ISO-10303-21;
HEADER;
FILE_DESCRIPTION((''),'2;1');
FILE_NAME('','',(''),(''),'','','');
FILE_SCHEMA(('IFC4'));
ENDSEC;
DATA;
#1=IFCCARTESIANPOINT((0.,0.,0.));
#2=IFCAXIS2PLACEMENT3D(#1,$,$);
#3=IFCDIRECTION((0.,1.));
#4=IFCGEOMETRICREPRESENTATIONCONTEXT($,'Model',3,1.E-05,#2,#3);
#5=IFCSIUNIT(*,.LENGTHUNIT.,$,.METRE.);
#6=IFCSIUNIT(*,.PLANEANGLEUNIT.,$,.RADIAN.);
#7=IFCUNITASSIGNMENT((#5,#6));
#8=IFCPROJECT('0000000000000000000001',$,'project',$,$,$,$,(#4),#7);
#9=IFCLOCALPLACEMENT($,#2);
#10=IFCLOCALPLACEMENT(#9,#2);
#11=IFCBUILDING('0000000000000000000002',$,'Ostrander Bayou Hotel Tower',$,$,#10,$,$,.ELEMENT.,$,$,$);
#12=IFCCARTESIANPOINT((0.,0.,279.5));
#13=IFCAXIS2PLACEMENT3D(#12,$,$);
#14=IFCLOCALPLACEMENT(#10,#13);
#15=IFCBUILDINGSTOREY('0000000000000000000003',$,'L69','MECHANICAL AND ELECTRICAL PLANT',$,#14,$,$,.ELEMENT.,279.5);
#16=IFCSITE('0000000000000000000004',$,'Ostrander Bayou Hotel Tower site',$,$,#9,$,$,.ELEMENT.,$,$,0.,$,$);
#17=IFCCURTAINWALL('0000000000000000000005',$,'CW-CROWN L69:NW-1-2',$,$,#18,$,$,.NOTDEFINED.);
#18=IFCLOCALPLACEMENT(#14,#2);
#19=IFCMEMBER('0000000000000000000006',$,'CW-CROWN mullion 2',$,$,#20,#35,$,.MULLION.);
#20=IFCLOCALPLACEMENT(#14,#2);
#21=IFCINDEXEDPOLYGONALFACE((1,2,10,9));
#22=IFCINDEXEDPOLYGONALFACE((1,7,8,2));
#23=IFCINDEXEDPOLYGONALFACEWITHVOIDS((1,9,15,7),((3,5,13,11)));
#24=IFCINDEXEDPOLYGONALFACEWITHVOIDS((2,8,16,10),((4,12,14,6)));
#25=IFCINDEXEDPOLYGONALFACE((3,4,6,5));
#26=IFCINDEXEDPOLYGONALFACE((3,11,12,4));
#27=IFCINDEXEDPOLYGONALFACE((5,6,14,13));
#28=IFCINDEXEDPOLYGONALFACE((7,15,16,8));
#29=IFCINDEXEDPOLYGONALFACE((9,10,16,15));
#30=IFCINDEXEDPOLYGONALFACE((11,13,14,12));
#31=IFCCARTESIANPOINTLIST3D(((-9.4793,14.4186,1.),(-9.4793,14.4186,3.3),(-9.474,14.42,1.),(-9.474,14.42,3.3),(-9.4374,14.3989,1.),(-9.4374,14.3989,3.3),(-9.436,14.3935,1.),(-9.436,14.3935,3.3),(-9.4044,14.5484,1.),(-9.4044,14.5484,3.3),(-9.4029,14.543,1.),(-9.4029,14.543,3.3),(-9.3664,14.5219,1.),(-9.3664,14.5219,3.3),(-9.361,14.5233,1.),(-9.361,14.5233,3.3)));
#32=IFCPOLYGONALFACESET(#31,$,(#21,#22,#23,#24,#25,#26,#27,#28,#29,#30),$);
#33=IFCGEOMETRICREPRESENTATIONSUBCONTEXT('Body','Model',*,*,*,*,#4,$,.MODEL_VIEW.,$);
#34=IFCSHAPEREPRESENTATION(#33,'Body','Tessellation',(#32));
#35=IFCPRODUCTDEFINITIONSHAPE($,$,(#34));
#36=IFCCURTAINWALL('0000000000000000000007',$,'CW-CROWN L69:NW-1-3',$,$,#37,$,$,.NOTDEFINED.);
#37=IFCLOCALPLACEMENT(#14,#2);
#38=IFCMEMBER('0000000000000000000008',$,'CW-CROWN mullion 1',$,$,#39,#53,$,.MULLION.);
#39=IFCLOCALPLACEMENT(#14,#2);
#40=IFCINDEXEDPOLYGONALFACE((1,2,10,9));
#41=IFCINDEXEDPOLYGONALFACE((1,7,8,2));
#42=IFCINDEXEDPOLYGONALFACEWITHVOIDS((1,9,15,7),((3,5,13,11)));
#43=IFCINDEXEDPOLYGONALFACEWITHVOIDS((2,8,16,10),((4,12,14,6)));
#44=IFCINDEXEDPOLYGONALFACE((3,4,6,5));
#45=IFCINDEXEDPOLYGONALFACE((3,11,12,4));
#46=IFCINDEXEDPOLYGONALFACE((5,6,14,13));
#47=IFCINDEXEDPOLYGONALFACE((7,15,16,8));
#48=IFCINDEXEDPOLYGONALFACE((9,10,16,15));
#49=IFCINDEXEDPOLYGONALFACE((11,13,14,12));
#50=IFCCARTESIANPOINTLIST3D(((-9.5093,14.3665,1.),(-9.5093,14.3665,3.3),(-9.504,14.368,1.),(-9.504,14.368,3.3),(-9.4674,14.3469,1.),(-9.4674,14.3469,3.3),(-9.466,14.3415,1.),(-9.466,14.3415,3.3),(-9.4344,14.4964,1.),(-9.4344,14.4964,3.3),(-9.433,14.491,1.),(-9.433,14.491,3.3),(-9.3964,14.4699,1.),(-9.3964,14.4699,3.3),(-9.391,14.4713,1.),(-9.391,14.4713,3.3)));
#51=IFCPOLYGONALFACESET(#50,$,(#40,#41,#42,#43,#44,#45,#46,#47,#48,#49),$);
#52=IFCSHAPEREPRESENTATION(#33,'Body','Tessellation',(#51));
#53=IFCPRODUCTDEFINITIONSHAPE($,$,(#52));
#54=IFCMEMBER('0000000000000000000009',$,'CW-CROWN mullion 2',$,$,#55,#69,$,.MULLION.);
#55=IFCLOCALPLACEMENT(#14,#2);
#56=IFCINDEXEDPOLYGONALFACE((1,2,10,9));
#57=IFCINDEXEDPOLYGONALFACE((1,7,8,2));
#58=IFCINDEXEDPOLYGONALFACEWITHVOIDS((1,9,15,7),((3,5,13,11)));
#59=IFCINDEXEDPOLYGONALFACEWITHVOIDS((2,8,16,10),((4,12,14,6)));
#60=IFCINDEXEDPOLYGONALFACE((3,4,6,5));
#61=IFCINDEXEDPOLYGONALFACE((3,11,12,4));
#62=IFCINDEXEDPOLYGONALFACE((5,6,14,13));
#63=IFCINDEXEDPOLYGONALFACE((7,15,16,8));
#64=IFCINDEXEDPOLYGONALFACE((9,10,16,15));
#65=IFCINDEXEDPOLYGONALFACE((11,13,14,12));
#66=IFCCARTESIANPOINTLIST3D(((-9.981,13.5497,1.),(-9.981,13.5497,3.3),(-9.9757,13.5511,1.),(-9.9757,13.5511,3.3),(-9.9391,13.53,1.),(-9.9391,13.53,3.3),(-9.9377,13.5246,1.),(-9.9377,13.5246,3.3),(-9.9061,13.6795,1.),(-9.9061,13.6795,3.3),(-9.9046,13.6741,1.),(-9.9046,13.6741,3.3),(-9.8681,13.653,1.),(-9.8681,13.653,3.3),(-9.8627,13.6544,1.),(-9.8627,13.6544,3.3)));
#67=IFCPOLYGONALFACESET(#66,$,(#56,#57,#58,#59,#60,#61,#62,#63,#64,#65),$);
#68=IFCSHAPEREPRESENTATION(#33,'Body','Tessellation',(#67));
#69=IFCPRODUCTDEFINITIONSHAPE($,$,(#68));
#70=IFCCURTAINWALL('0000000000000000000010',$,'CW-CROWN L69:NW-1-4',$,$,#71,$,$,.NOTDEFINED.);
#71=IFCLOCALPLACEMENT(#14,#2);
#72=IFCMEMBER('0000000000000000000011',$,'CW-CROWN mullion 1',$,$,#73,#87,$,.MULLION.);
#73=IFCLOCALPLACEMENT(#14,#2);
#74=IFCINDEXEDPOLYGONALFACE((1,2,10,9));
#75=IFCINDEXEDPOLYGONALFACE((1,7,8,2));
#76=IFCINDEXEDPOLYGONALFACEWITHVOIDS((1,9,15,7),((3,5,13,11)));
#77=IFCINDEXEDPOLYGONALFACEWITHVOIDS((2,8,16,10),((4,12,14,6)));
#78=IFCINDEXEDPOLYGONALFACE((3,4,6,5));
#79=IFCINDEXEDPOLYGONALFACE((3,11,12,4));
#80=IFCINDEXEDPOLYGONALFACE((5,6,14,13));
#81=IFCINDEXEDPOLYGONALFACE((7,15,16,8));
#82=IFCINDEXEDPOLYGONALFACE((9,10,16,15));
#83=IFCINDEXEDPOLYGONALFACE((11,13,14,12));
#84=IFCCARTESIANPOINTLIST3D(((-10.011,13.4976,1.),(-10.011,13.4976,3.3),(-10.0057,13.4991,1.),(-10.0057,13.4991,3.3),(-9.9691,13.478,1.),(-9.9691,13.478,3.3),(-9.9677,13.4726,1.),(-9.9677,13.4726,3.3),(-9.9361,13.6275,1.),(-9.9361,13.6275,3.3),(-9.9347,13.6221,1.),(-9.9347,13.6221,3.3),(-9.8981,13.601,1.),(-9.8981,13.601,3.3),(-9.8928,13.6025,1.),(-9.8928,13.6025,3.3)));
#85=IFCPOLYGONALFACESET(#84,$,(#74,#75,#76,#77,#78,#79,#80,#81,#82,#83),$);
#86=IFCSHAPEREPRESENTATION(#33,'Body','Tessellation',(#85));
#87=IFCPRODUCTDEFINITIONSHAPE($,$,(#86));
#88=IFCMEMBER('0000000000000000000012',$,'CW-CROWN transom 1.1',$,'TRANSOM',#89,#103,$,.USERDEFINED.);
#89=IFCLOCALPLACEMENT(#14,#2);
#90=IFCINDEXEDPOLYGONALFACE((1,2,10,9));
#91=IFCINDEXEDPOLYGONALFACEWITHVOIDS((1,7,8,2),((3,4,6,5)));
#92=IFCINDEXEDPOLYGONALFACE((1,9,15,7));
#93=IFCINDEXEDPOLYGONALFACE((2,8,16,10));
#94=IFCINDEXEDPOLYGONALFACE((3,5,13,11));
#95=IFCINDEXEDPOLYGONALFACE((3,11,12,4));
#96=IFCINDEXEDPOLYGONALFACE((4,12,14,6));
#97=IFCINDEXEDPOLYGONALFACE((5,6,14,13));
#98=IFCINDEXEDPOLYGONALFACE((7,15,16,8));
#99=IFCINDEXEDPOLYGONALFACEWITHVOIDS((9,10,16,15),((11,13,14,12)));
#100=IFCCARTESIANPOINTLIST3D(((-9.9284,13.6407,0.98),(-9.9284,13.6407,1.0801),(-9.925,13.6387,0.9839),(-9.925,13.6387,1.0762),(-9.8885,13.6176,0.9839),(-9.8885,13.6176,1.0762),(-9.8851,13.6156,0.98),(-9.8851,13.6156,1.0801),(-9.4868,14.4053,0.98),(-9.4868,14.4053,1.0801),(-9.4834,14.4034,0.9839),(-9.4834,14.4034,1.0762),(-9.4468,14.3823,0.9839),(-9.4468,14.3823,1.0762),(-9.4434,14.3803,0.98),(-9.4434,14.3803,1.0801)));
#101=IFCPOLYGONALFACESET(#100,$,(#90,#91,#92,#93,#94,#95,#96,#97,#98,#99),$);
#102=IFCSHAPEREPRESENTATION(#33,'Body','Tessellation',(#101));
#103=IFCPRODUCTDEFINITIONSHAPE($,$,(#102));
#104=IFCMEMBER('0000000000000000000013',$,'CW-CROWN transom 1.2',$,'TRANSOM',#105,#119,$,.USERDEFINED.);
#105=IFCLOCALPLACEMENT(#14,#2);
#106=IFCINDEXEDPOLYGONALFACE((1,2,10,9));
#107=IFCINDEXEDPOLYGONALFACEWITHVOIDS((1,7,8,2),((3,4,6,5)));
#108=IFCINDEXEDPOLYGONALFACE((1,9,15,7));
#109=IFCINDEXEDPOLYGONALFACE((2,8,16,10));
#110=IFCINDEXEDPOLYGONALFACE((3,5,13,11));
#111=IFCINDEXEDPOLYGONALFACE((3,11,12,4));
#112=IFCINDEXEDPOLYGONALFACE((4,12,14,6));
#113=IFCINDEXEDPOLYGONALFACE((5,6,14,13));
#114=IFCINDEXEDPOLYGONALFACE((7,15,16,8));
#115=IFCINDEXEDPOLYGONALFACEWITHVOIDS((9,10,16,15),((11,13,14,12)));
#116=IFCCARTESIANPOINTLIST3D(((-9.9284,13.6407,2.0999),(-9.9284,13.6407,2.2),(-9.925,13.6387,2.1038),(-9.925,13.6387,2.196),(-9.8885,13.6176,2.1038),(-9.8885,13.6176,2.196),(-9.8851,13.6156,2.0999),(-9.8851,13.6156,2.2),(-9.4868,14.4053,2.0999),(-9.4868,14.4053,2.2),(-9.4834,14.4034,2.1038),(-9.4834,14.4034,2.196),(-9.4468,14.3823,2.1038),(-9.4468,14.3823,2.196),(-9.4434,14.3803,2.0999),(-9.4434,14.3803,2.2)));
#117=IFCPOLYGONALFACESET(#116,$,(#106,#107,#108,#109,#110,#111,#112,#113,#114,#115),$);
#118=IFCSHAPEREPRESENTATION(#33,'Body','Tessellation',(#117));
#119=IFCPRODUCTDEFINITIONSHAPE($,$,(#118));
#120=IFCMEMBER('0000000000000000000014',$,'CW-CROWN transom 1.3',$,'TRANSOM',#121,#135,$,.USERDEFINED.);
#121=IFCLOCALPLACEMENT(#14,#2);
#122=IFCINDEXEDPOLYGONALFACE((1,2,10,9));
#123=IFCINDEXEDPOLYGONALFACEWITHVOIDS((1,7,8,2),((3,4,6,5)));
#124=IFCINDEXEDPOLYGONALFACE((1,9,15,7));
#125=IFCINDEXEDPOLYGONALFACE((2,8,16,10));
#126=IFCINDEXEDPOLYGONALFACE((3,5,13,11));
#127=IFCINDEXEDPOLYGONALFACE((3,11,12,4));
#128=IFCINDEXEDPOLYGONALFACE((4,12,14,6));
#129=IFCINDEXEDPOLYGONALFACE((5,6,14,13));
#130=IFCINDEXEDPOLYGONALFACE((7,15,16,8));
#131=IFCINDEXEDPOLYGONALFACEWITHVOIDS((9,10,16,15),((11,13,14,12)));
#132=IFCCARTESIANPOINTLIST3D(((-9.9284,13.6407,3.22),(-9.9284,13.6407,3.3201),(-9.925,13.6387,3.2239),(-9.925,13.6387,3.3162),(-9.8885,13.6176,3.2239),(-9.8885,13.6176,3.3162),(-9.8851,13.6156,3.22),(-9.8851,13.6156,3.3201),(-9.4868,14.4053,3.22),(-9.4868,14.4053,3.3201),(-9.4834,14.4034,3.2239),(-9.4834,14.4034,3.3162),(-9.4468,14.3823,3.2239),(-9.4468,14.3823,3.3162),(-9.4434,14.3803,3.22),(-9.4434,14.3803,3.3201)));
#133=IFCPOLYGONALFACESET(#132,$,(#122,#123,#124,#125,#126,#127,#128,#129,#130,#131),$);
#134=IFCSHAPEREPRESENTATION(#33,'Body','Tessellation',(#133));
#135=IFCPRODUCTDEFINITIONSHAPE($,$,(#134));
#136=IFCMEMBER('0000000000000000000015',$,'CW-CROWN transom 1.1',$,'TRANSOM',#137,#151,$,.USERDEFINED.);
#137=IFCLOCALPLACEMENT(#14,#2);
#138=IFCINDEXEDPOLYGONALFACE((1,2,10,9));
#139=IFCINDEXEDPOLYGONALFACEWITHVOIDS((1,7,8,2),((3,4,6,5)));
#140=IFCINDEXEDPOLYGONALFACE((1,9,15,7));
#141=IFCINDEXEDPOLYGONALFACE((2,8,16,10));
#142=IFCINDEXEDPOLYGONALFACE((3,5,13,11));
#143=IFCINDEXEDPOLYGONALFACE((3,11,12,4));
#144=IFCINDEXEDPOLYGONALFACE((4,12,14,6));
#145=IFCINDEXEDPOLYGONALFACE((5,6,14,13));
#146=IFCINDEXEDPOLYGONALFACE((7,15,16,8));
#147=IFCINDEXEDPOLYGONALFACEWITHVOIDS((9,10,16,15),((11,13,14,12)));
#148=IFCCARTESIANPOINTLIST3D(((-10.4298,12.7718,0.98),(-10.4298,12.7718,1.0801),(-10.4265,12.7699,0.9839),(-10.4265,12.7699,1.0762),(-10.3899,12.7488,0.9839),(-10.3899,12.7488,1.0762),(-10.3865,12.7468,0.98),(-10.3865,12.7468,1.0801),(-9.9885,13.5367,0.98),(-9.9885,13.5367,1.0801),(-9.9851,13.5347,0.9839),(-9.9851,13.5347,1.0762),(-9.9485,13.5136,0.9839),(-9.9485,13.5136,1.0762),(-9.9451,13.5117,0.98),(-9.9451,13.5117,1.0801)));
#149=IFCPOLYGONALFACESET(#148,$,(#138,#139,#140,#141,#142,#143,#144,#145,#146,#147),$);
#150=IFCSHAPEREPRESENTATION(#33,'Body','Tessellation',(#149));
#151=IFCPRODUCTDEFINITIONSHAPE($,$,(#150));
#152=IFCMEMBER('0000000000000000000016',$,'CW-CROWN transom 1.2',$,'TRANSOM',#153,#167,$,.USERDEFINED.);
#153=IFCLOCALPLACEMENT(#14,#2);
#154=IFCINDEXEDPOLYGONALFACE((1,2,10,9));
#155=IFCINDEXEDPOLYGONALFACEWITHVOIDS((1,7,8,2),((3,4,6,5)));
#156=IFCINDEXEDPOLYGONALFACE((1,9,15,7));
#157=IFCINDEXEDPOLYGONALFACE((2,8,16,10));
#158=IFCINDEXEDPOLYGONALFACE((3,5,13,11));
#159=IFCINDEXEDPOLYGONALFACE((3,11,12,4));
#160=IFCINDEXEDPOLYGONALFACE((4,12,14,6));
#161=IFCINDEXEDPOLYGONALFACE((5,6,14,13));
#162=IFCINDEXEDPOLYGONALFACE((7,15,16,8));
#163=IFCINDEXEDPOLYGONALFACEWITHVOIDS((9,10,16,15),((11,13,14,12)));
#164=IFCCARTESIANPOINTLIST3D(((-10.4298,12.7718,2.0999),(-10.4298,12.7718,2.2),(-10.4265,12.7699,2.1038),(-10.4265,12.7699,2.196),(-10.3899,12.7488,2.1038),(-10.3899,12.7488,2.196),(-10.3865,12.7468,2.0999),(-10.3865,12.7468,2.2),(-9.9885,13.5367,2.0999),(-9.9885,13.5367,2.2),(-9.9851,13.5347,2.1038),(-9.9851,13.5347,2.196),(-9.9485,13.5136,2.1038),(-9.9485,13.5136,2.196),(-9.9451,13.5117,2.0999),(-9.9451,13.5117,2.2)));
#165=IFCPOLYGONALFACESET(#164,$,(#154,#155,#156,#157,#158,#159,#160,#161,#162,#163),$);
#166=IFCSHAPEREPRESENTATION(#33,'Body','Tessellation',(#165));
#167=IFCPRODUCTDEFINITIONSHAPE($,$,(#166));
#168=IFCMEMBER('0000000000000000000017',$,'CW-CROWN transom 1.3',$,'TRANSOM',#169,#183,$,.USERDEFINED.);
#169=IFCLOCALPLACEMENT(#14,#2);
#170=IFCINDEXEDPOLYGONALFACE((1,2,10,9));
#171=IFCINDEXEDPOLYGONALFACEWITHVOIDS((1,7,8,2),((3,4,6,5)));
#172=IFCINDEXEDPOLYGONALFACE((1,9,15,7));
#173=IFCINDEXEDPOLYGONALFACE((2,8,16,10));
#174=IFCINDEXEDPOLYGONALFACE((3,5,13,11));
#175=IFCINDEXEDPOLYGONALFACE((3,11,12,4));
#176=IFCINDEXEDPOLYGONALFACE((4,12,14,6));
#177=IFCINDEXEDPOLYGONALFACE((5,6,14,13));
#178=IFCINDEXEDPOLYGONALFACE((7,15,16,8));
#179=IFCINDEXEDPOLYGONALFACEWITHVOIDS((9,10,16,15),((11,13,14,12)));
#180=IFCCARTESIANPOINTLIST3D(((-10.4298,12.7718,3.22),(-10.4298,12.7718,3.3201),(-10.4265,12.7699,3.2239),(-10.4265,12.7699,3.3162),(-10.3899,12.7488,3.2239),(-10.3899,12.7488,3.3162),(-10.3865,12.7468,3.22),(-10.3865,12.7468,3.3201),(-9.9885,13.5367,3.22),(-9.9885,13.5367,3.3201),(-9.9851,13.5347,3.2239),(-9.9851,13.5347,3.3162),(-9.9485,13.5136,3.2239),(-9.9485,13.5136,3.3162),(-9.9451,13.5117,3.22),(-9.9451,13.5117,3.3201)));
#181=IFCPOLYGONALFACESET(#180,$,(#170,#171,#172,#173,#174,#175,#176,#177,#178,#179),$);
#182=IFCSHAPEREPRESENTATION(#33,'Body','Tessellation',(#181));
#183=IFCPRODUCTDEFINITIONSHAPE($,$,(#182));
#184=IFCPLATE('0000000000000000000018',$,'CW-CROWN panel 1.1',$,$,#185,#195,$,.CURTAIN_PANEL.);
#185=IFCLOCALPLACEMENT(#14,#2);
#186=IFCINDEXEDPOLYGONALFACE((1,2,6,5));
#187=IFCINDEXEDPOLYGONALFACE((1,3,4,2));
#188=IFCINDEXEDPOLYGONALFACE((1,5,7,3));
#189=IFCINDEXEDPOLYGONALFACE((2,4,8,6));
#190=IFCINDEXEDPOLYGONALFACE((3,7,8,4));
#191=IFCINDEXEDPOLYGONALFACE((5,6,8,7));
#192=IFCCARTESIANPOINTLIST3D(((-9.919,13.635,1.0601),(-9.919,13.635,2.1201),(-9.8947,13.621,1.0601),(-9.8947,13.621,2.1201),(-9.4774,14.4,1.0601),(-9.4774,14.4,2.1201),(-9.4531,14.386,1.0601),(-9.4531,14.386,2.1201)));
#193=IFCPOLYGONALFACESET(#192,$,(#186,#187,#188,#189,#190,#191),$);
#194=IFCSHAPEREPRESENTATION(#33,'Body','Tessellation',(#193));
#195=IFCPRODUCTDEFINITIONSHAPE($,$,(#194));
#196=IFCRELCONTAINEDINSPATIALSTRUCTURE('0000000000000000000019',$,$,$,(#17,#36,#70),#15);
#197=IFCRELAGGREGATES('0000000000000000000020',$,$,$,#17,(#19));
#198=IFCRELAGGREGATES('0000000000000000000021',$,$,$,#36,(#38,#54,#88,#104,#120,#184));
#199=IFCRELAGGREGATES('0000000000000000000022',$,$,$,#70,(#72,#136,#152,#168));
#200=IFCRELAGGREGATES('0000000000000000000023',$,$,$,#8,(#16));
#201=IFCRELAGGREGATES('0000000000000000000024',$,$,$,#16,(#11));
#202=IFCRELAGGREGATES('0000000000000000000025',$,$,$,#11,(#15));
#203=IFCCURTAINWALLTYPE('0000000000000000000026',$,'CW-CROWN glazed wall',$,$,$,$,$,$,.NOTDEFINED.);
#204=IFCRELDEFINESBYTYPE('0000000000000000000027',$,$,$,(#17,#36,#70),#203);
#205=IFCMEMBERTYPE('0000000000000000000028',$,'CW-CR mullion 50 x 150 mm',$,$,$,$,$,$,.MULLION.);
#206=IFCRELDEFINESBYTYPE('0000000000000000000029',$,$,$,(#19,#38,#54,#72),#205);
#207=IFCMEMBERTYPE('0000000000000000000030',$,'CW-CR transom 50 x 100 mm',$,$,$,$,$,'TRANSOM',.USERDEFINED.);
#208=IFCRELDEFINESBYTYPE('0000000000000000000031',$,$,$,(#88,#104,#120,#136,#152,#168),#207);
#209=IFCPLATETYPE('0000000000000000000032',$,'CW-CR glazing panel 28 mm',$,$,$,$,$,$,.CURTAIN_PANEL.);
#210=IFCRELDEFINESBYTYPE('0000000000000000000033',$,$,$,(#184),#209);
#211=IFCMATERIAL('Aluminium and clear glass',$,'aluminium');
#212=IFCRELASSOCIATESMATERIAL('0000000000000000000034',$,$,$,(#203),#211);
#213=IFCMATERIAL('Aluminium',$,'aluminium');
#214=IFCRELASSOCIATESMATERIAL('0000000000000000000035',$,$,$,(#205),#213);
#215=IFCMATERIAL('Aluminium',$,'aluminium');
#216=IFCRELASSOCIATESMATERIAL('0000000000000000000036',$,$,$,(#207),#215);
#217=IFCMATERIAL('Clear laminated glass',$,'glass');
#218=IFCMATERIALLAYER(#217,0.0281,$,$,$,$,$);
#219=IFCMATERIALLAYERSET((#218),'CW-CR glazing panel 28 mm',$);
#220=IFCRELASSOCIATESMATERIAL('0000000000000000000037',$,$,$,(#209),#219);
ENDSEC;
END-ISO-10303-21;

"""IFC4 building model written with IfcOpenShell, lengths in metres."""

from ifc_helpers import new_model, si_unit, direction, frame, origin, origin_2d, place, context, subcontext, project, spatial, rectangle, hollow_rectangle, extrude, material, layer, layer_set, material_profile, profile_set, type_object, element, aggregate, save


model = new_model("IFC4")

# Units and contexts
model_context = context("Model", 3, precision=1e-05, world=origin(), true_north=direction((0.0, 1.0)))
body_context = subcontext(model_context, "Body", "Model", "MODEL_VIEW")
ifc_project = project(units=[si_unit("LENGTHUNIT", "METRE"), si_unit("PLANEANGLEUNIT", "RADIAN")], contexts=[model_context])

# Site, building, storey
site_placement = place(None, origin())
site = spatial("IfcSite", under=ifc_project, at=site_placement, Name="Ostrander Bayou Hotel Tower site", CompositionType="ELEMENT", RefElevation=0.0)
building_placement = place(site_placement, origin())
building = spatial("IfcBuilding", under=site, at=building_placement, Name="Ostrander Bayou Hotel Tower", CompositionType="ELEMENT")
storey_placement = place(building_placement, frame((0.0, 0.0, 279.5)))
storey = spatial("IfcBuildingStorey", under=building, at=storey_placement, Name="L69", Description="MECHANICAL AND ELECTRICAL PLANT", CompositionType="ELEMENT", Elevation=279.5)

# Curtain wall, member
ifc_material_1 = material(Name="Aluminium and clear glass", Category="aluminium")
curtain_wall_type = type_object("IfcCurtainWallType", Name="CW-CROWN glazed wall", PredefinedType="NOTDEFINED", material=ifc_material_1)
curtain_wall_1_placement = place(storey_placement, origin())
curtain_wall_1 = element("IfcCurtainWall", 1, at=curtain_wall_1_placement, inside=storey, type_object=curtain_wall_type, Name="CW-CROWN L69:NW-1-2", PredefinedType="NOTDEFINED")
ifc_material_2 = material(Name="Aluminium", Category="aluminium")
ifc_material_profile_1 = material_profile(ifc_material_2, hollow_rectangle(XDim=0.05, YDim=0.1499, WallThickness=0.0039, at=origin_2d()))
ifc_profile_set_1 = profile_set([ifc_material_profile_1], Name="Aluminium")
member_type_1 = type_object("IfcMemberType", Name="CW-CR mullion 50 x 150 mm", PredefinedType="MULLION", material=ifc_profile_set_1)
member_1_placement = place(storey_placement, frame((-9.4202, 14.4709, 1.0), z_axis=(0.0, 0.0, 1.0), x_axis=(0.866001, -0.500042, 0.0)))
member_1 = element("IfcMember", 2, at=member_1_placement, type_object=member_type_1, Name="CW-CROWN mullion 2", PredefinedType="MULLION", context=body_context, shape_type="SweptSolid", body=[
    extrude(hollow_rectangle(XDim=0.05, YDim=0.1499, WallThickness=0.0039, at=origin_2d()), origin(), (0.0, 0.0, 1.0), 2.3),
])
aggregate(curtain_wall_1, [member_1])

# Curtain wall, members
curtain_wall_2_placement = place(storey_placement, origin())
curtain_wall_2 = element("IfcCurtainWall", 3, at=curtain_wall_2_placement, inside=storey, type_object=curtain_wall_type, Name="CW-CROWN L69:NW-1-3", PredefinedType="NOTDEFINED")
member_2_placement = place(storey_placement, frame((-9.4502, 14.4189, 1.0), z_axis=(0.0, 0.0, 1.0), x_axis=(0.866026, -0.499999, 0.0)))
member_2 = element("IfcMember", 4, at=member_2_placement, type_object=member_type_1, Name="CW-CROWN mullion 1", PredefinedType="MULLION", context=body_context, shape_type="SweptSolid", body=[
    extrude(hollow_rectangle(XDim=0.05, YDim=0.1499, WallThickness=0.0039, at=origin_2d()), origin(), (0.0, 0.0, 1.0), 2.3),
])
member_3_placement = place(storey_placement, frame((-9.9219, 13.6021, 1.0), z_axis=(0.0, 0.0, 1.0), x_axis=(0.866026, -0.499999, 0.0)))
member_3 = element("IfcMember", 5, at=member_3_placement, type_object=member_type_1, Name="CW-CROWN mullion 2", PredefinedType="MULLION", context=body_context, shape_type="SweptSolid", body=[
    extrude(hollow_rectangle(XDim=0.05, YDim=0.1499, WallThickness=0.0039, at=origin_2d()), origin(), (0.0, 0.0, 1.0), 2.3),
])

# Curtain wall, member
curtain_wall_3_placement = place(storey_placement, origin())
curtain_wall_3 = element("IfcCurtainWall", 6, at=curtain_wall_3_placement, inside=storey, type_object=curtain_wall_type, Name="CW-CROWN L69:NW-1-4", PredefinedType="NOTDEFINED")
member_4_placement = place(storey_placement, frame((-9.9519, 13.55, 1.0), z_axis=(0.0, 0.0, 1.0), x_axis=(0.866069, -0.499924, 0.0)))
member_4 = element("IfcMember", 7, at=member_4_placement, type_object=member_type_1, Name="CW-CROWN mullion 1", PredefinedType="MULLION", context=body_context, shape_type="SweptSolid", body=[
    extrude(hollow_rectangle(XDim=0.05, YDim=0.1499, WallThickness=0.0039, at=origin_2d()), origin(), (0.0, 0.0, 1.0), 2.3),
])

# Members
ifc_material_3 = material(Name="Aluminium", Category="aluminium")
ifc_material_profile_2 = material_profile(ifc_material_3, hollow_rectangle(XDim=0.05, YDim=0.1001, WallThickness=0.0039, at=origin_2d()))
ifc_profile_set_2 = profile_set([ifc_material_profile_2], Name="Aluminium")
member_type_2 = type_object("IfcMemberType", Name="CW-CR transom 50 x 100 mm", ElementType="TRANSOM", PredefinedType="USERDEFINED", material=ifc_profile_set_2)
member_5_placement = place(storey_placement, frame((-9.4651, 14.3928, 1.03), z_axis=(-0.500153, -0.865937, 0.0), x_axis=(0.865937, -0.500153, 0.0)))
member_5 = element("IfcMember", 8, at=member_5_placement, type_object=member_type_2, Name="CW-CROWN transom 1.1", ObjectType="TRANSOM", PredefinedType="USERDEFINED", context=body_context, shape_type="SweptSolid", body=[
    extrude(hollow_rectangle(XDim=0.05, YDim=0.1001, WallThickness=0.0039, at=origin_2d()), origin(), (0.0, 0.0, 1.0), 0.8831),
])
member_6_placement = place(storey_placement, frame((-9.4651, 14.3928, 2.1499), z_axis=(-0.500153, -0.865937, 0.0), x_axis=(0.865937, -0.500153, 0.0)))
member_6 = element("IfcMember", 9, at=member_6_placement, type_object=member_type_2, Name="CW-CROWN transom 1.2", ObjectType="TRANSOM", PredefinedType="USERDEFINED", context=body_context, shape_type="SweptSolid", body=[
    extrude(hollow_rectangle(XDim=0.05, YDim=0.1001, WallThickness=0.0039, at=origin_2d()), origin(), (0.0, 0.0, 1.0), 0.8831),
])
member_7_placement = place(storey_placement, frame((-9.4651, 14.3928, 3.27), z_axis=(-0.500153, -0.865937, 0.0), x_axis=(0.865937, -0.500153, 0.0)))
member_7 = element("IfcMember", 10, at=member_7_placement, type_object=member_type_2, Name="CW-CROWN transom 1.3", ObjectType="TRANSOM", PredefinedType="USERDEFINED", context=body_context, shape_type="SweptSolid", body=[
    extrude(hollow_rectangle(XDim=0.05, YDim=0.1001, WallThickness=0.0039, at=origin_2d()), origin(), (0.0, 0.0, 1.0), 0.8831),
])
member_8_placement = place(storey_placement, frame((-9.9668, 13.5242, 1.03), z_axis=(-0.499826, -0.866126, 0.0), x_axis=(0.866126, -0.499826, 0.0)))
member_8 = element("IfcMember", 11, at=member_8_placement, type_object=member_type_2, Name="CW-CROWN transom 1.1", ObjectType="TRANSOM", PredefinedType="USERDEFINED", context=body_context, shape_type="SweptSolid", body=[
    extrude(hollow_rectangle(XDim=0.05, YDim=0.1001, WallThickness=0.0039, at=origin_2d()), origin(), (0.0, 0.0, 1.0), 0.8831),
])
member_9_placement = place(storey_placement, frame((-9.9668, 13.5242, 2.1499), z_axis=(-0.499826, -0.866126, 0.0), x_axis=(0.866126, -0.499826, 0.0)))
member_9 = element("IfcMember", 12, at=member_9_placement, type_object=member_type_2, Name="CW-CROWN transom 1.2", ObjectType="TRANSOM", PredefinedType="USERDEFINED", context=body_context, shape_type="SweptSolid", body=[
    extrude(hollow_rectangle(XDim=0.05, YDim=0.1001, WallThickness=0.0039, at=origin_2d()), origin(), (0.0, 0.0, 1.0), 0.8831),
])
member_10_placement = place(storey_placement, frame((-9.9668, 13.5242, 3.27), z_axis=(-0.499826, -0.866126, 0.0), x_axis=(0.866126, -0.499826, 0.0)))
member_10 = element("IfcMember", 13, at=member_10_placement, type_object=member_type_2, Name="CW-CROWN transom 1.3", ObjectType="TRANSOM", PredefinedType="USERDEFINED", context=body_context, shape_type="SweptSolid", body=[
    extrude(hollow_rectangle(XDim=0.05, YDim=0.1001, WallThickness=0.0039, at=origin_2d()), origin(), (0.0, 0.0, 1.0), 0.8831),
])

# Plate
ifc_material_4 = material(Name="Clear laminated glass", Category="glass")
ifc_layer_1 = layer(ifc_material_4, 0.0281)
ifc_layer_set_1 = layer_set([ifc_layer_1], Name="CW-CR glazing panel 28 mm")
plate_type = type_object("IfcPlateType", Name="CW-CR glazing panel 28 mm", PredefinedType="CURTAIN_PANEL", material=ifc_layer_set_1)
plate_1_placement = place(storey_placement, frame((-9.686, 14.0105, 1.0601), z_axis=(0.0, 0.0, 1.0), x_axis=(-0.499999, -0.866026, 0.0)))
plate_1 = element("IfcPlate", 14, at=plate_1_placement, type_object=plate_type, Name="CW-CROWN panel 1.1", PredefinedType="CURTAIN_PANEL", context=body_context, shape_type="SweptSolid", body=[
    extrude(rectangle(XDim=0.8833, YDim=0.0281, at=origin_2d()), origin(), (0.0, 0.0, 1.0), 1.0601),
])
aggregate(curtain_wall_2, [member_2, member_3, member_5, member_6, member_7, plate_1])
aggregate(curtain_wall_3, [member_4, member_8, member_9, member_10])

save(model, "model.ifc")
